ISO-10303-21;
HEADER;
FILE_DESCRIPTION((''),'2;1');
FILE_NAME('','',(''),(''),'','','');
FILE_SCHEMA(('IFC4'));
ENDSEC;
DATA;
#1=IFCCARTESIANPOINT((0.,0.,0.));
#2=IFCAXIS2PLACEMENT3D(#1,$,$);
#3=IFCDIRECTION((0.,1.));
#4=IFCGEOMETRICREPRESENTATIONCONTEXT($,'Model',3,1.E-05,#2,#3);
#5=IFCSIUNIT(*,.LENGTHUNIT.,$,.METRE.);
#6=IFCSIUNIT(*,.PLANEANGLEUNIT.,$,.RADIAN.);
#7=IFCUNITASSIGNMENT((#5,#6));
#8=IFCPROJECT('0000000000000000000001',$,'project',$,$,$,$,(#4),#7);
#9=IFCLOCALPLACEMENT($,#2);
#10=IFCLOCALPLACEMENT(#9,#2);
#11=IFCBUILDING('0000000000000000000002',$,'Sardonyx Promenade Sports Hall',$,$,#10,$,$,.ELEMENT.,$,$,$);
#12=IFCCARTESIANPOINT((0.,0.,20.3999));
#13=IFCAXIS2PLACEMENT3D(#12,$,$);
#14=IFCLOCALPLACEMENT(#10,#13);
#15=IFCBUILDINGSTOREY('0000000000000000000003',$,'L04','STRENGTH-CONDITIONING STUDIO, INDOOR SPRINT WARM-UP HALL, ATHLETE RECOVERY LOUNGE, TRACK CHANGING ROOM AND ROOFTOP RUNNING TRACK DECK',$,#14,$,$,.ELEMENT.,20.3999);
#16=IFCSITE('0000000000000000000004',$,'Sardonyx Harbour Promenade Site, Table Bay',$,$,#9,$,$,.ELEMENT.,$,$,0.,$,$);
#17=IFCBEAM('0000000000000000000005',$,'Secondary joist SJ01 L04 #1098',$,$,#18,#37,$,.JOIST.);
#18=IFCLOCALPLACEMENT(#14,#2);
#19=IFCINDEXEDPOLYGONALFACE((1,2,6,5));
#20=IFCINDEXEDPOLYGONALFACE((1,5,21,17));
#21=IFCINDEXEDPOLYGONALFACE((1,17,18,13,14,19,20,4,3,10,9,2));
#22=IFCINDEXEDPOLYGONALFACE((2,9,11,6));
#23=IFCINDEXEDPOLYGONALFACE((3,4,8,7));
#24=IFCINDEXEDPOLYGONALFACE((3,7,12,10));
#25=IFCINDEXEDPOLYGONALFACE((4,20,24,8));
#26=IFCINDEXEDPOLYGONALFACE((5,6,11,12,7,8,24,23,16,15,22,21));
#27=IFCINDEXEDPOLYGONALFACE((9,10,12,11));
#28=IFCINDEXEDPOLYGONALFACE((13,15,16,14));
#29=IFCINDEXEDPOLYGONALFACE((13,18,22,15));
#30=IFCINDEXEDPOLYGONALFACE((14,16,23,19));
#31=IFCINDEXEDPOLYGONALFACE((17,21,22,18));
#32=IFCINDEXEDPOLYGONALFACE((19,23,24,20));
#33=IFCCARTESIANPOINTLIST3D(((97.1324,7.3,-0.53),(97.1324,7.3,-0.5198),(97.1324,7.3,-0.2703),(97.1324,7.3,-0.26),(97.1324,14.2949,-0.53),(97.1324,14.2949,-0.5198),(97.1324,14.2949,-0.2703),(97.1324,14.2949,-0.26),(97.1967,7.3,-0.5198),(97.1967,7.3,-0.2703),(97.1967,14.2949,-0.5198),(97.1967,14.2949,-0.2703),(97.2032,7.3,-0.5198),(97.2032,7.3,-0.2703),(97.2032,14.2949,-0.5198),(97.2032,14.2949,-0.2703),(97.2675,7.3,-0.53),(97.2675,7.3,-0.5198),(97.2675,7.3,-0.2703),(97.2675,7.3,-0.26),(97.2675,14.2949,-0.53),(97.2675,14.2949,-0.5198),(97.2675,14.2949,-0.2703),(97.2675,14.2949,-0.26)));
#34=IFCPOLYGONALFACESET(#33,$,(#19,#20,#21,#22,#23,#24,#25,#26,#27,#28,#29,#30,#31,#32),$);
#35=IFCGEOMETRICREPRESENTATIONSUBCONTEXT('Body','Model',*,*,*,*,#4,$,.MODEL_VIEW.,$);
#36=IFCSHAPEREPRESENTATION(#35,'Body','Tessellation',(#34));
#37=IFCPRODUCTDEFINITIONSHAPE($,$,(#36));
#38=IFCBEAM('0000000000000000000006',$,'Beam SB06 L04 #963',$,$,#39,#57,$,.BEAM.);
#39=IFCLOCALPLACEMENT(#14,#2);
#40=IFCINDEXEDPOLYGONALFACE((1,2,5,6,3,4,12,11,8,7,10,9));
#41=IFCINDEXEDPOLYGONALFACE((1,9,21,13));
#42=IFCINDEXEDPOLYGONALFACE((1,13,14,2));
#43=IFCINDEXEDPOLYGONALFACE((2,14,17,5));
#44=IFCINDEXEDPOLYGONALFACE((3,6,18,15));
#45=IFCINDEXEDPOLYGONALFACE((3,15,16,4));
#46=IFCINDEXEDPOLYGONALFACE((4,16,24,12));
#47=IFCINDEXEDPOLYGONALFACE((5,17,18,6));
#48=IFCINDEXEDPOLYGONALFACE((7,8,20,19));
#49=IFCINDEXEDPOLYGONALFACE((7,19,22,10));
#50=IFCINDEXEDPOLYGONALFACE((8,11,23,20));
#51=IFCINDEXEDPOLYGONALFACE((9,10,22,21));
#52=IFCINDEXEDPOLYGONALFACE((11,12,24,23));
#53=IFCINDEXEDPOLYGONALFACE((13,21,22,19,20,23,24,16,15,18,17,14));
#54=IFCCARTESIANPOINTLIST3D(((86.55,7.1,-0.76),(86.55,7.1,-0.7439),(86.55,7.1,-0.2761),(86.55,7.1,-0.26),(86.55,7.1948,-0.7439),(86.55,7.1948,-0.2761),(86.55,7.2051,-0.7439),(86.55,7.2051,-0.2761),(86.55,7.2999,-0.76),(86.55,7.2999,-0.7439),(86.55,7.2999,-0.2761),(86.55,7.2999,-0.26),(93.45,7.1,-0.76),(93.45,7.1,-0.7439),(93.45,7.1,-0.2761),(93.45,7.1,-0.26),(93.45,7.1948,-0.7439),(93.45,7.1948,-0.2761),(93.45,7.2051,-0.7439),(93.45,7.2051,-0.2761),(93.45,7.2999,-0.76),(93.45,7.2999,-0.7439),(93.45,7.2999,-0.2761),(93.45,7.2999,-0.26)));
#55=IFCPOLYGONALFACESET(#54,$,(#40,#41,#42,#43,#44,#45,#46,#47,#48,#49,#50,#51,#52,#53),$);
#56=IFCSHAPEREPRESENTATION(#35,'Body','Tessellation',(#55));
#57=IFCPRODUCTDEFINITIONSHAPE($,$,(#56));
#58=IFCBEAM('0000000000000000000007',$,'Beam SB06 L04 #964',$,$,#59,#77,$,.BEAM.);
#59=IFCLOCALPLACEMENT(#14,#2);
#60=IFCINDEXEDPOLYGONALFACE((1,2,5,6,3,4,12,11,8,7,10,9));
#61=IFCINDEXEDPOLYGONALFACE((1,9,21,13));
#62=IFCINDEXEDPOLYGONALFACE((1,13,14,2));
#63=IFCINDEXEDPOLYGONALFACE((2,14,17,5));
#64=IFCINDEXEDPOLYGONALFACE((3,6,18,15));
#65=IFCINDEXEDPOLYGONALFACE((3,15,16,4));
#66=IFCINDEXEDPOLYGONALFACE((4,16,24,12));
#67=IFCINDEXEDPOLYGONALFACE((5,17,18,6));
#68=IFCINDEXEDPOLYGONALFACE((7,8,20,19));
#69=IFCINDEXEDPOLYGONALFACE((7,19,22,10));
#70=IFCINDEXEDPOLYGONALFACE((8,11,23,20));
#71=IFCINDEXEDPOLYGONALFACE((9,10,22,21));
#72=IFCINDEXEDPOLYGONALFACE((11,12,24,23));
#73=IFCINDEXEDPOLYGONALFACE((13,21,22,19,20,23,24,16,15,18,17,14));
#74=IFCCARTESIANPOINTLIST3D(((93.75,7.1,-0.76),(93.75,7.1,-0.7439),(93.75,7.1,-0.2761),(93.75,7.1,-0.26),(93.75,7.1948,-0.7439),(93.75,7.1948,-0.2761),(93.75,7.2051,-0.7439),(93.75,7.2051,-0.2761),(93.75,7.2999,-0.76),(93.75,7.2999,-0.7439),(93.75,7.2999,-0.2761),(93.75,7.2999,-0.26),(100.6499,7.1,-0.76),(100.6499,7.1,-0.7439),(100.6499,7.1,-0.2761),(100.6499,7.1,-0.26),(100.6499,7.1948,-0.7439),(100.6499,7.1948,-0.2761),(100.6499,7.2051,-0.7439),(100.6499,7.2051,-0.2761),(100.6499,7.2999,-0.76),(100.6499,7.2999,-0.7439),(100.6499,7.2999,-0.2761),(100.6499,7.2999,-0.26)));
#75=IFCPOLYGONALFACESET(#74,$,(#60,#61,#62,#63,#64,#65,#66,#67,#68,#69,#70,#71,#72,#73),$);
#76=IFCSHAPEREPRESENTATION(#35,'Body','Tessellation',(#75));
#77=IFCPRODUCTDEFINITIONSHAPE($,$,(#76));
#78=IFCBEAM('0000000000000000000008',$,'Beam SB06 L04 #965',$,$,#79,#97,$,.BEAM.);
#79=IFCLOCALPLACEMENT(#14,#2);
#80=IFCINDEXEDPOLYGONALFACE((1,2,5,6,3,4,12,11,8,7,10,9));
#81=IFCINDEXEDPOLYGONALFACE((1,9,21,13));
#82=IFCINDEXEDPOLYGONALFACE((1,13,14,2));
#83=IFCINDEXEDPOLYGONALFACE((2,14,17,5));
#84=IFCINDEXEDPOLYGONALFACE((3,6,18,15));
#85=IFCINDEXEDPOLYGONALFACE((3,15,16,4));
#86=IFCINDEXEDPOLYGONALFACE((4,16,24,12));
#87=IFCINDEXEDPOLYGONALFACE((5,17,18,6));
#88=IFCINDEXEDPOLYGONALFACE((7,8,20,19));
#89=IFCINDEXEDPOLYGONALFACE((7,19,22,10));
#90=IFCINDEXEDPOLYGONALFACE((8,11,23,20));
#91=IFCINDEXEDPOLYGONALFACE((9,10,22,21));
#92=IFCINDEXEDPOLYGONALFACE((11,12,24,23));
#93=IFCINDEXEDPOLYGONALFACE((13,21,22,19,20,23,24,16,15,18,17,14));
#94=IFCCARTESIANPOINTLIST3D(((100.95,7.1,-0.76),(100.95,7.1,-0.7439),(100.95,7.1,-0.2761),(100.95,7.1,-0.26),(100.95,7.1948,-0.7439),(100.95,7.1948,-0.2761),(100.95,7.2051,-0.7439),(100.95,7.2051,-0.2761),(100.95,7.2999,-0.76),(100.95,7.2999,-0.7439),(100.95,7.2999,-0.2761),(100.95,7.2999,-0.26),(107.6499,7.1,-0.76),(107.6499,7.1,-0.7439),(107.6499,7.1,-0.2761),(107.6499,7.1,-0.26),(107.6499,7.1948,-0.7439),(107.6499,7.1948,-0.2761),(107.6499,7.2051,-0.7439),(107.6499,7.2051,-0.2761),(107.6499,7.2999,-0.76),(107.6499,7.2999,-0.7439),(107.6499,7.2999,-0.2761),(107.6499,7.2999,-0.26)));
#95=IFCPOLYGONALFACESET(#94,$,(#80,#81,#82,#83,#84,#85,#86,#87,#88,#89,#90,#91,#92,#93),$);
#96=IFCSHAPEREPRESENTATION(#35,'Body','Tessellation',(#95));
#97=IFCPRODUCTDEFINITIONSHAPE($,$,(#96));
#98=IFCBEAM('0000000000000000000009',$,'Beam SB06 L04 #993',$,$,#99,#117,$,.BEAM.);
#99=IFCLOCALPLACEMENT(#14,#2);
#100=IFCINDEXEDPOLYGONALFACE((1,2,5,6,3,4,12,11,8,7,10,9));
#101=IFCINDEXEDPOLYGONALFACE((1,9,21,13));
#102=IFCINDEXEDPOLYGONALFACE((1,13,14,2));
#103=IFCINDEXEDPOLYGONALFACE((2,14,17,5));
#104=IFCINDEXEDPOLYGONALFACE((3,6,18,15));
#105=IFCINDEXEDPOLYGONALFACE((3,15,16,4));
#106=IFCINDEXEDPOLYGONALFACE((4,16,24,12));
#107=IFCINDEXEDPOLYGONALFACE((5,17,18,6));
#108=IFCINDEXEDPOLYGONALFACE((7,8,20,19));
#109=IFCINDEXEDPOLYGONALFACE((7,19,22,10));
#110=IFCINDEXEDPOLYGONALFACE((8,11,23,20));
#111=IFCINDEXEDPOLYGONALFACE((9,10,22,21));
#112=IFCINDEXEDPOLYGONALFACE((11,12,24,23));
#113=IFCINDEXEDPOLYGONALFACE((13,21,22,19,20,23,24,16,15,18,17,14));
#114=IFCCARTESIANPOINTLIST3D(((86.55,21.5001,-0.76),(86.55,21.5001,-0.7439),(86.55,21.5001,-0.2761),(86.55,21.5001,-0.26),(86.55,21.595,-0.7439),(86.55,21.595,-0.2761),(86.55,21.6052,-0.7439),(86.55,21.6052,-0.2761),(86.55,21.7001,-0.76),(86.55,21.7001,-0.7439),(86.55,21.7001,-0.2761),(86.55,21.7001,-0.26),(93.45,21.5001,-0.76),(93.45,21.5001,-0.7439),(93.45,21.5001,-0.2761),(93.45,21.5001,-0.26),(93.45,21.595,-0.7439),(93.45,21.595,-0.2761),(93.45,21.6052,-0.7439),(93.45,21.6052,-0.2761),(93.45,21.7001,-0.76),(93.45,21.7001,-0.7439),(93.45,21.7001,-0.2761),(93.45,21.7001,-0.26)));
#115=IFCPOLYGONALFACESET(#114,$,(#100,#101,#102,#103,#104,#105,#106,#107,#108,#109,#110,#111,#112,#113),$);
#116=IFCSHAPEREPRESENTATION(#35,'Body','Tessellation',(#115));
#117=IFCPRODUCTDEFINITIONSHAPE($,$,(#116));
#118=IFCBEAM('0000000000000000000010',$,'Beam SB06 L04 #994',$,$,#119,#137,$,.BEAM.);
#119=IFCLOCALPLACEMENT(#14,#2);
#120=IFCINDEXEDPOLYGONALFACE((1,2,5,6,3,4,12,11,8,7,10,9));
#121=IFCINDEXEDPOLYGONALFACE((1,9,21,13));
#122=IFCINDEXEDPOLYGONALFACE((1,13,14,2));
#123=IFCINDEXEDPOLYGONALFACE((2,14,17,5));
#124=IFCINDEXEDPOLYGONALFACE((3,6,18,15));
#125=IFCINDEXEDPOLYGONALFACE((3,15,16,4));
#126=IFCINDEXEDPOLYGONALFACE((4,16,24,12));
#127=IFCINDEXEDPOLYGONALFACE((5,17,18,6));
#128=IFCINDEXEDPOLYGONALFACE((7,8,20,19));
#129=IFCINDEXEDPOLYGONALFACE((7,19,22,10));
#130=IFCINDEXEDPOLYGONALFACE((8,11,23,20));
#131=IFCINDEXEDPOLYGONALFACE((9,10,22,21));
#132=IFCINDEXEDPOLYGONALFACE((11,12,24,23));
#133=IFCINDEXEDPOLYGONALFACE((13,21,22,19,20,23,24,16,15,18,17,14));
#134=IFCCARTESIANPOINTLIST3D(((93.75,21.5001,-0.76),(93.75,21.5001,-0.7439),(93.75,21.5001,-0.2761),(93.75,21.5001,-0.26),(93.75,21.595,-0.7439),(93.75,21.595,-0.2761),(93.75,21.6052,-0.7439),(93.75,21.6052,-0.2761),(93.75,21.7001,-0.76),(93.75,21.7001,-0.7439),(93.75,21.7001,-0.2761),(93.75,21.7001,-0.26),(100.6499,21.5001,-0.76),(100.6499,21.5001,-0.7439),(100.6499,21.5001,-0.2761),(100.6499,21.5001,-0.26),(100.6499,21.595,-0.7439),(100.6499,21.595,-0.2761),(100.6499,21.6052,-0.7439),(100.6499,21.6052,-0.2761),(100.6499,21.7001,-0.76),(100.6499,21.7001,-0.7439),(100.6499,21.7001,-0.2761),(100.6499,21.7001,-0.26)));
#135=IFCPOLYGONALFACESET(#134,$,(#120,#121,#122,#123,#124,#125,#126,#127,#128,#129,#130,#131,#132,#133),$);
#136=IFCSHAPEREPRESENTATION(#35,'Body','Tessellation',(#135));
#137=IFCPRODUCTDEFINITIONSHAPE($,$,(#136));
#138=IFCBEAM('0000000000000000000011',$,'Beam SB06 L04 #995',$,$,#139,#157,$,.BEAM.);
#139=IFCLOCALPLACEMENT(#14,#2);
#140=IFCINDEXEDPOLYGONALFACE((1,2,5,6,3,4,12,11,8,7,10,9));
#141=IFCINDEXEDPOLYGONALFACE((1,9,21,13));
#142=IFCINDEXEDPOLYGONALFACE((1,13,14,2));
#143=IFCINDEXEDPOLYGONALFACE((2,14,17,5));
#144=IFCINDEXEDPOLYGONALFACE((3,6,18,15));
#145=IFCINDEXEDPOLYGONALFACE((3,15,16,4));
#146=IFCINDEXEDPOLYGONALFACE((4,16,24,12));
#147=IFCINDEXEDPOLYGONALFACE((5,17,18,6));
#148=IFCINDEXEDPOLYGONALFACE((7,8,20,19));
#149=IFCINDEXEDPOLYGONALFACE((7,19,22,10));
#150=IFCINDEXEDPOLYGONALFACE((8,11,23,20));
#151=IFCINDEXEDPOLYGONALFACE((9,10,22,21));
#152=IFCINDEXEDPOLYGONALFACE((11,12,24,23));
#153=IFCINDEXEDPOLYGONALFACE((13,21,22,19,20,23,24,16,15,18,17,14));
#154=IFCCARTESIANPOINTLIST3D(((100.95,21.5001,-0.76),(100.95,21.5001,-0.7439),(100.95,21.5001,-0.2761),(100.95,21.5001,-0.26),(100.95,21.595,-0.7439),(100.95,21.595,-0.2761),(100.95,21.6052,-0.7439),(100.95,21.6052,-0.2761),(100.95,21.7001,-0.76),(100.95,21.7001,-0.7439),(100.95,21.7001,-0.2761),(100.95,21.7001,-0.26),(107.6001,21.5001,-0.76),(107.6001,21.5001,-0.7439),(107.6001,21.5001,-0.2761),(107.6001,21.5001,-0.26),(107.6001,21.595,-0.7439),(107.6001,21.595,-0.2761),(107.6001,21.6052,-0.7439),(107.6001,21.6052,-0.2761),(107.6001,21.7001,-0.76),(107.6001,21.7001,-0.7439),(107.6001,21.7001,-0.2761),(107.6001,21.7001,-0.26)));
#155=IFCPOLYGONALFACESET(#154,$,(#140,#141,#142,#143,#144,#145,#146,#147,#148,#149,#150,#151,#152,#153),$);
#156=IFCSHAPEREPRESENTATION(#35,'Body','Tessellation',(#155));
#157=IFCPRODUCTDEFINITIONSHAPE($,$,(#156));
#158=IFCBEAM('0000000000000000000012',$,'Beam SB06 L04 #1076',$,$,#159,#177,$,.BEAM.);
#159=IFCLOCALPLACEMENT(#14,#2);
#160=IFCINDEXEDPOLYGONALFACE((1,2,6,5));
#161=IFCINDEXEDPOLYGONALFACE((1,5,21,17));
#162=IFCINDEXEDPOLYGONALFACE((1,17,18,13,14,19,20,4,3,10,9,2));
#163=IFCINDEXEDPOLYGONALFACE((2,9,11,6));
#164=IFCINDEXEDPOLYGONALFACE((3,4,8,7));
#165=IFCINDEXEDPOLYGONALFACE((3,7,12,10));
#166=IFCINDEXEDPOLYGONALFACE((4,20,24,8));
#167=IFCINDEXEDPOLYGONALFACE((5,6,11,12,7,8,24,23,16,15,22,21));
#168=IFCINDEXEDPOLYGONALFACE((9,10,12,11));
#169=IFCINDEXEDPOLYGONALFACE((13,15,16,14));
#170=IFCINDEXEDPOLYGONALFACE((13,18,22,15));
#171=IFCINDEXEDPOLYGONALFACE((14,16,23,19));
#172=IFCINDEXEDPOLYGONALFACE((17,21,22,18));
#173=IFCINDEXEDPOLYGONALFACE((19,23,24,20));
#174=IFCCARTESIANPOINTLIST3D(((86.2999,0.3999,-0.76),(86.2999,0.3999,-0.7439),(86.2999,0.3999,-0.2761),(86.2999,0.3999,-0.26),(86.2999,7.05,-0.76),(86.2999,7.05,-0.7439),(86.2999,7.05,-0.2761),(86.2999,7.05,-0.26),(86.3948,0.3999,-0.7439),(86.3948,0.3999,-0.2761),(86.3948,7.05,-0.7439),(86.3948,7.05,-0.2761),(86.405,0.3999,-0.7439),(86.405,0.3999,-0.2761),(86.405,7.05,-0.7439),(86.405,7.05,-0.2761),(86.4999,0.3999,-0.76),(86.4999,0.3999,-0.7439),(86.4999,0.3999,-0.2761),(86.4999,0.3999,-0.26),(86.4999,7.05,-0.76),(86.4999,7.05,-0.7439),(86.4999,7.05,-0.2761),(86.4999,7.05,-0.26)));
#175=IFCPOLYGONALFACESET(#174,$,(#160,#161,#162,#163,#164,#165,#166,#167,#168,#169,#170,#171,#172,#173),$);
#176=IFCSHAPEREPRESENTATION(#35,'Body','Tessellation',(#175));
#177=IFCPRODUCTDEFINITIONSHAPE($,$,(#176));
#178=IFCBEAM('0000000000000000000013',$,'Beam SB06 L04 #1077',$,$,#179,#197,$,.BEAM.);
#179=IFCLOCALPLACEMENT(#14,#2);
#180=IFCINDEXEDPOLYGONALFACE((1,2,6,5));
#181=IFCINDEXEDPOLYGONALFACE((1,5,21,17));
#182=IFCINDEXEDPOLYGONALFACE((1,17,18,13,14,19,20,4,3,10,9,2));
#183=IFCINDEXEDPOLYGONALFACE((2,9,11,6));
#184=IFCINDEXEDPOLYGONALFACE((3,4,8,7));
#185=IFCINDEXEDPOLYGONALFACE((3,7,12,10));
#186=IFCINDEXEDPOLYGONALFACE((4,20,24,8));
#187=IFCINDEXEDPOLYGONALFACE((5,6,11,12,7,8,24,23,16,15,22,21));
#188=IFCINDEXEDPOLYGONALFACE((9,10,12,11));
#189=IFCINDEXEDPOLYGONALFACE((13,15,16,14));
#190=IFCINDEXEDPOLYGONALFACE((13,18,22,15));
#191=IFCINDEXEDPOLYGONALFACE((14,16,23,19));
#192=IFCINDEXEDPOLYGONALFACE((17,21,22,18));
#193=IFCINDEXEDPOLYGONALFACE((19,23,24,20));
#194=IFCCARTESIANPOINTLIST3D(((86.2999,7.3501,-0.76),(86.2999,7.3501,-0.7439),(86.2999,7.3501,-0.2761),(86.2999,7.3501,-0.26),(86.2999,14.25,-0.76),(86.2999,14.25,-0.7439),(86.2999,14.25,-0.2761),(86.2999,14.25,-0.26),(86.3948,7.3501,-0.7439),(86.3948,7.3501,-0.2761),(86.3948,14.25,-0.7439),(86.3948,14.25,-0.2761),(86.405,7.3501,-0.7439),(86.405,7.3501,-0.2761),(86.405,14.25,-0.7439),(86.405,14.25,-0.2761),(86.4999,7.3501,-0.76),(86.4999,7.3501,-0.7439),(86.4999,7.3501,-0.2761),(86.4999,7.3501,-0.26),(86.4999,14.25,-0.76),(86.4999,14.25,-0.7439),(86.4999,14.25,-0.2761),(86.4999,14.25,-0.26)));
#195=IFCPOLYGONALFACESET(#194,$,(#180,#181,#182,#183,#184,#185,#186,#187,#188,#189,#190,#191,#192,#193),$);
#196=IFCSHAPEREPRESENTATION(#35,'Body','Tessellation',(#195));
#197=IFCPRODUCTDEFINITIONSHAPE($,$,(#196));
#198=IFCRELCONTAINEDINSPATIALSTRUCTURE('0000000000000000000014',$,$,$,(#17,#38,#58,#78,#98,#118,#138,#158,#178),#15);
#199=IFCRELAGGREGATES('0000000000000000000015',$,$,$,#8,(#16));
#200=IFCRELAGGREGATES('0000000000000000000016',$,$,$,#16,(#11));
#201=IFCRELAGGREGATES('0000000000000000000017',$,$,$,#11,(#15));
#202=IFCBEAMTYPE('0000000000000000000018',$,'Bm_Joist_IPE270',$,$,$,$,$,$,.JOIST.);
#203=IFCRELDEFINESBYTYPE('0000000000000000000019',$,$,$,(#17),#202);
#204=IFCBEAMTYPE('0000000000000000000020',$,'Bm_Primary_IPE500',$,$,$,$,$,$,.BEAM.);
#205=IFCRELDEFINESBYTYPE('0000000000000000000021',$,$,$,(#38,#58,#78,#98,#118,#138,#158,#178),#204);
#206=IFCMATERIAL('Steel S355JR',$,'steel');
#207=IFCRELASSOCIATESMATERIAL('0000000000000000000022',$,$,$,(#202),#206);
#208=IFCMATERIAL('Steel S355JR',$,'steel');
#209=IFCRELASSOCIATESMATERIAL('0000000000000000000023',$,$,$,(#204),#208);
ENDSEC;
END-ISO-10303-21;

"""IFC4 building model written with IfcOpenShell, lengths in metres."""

from ifc_helpers import new_model, si_unit, direction, frame, origin, origin_2d, place, context, subcontext, project, spatial, i_section, extrude, material, material_profile, profile_set, type_object, element, save


model = new_model("IFC4")

# Units and contexts
model_context = context("Model", 3, precision=1e-05, world=origin(), true_north=direction((0.0, 1.0)))
body_context = subcontext(model_context, "Body", "Model", "MODEL_VIEW")
ifc_project = project(units=[si_unit("LENGTHUNIT", "METRE"), si_unit("PLANEANGLEUNIT", "RADIAN")], contexts=[model_context])

# Site, building, storey
site_placement = place(None, origin())
site = spatial("IfcSite", under=ifc_project, at=site_placement, Name="Sardonyx Harbour Promenade Site, Table Bay", CompositionType="ELEMENT", RefElevation=0.0)
building_placement = place(site_placement, origin())
building = spatial("IfcBuilding", under=site, at=building_placement, Name="Sardonyx Promenade Sports Hall", CompositionType="ELEMENT")
storey_placement = place(building_placement, frame((0.0, 0.0, 20.3999)))
storey = spatial("IfcBuildingStorey", under=building, at=storey_placement, Name="L04", Description="STRENGTH-CONDITIONING STUDIO, INDOOR SPRINT WARM-UP HALL, ATHLETE RECOVERY LOUNGE, TRACK CHANGING ROOM AND ROOFTOP RUNNING TRACK DECK", CompositionType="ELEMENT", Elevation=20.3999)

# Beams
ifc_material_1 = material(Name="Steel S355JR", Category="steel")
ifc_material_profile_1 = material_profile(ifc_material_1, i_section(OverallWidth=0.135, OverallDepth=0.27, WebThickness=0.0066, FlangeThickness=0.0103, at=origin_2d()))
ifc_profile_set_1 = profile_set([ifc_material_profile_1], Name="Steel S355JR")
beam_type_1 = type_object("IfcBeamType", Name="Bm_Joist_IPE270", PredefinedType="JOIST", material=ifc_profile_set_1)
beam_1_placement = place(storey_placement, frame((97.2, 7.3, -0.395), z_axis=(0.0, 1.0, 0.0), x_axis=(-1.0, 0.0, 0.0)))
element("IfcBeam", 1, at=beam_1_placement, inside=storey, type_object=beam_type_1, Name="Secondary joist SJ01 L04 #1098", PredefinedType="JOIST", context=body_context, shape_type="SweptSolid", body=[
    extrude(i_section(OverallWidth=0.135, OverallDepth=0.27, WebThickness=0.0066, FlangeThickness=0.0103, at=origin_2d()), origin(), (0.0, 0.0, 1.0), 6.9949),
])
ifc_material_2 = material(Name="Steel S355JR", Category="steel")
ifc_material_profile_2 = material_profile(ifc_material_2, i_section(OverallWidth=0.2, OverallDepth=0.5, WebThickness=0.0103, FlangeThickness=0.0161, at=origin_2d()))
ifc_profile_set_2 = profile_set([ifc_material_profile_2], Name="Steel S355JR")
beam_type_2 = type_object("IfcBeamType", Name="Bm_Primary_IPE500", PredefinedType="BEAM", material=ifc_profile_set_2)
for number, where, z_axis, x_axis, name in (
    (2, (86.55, 7.2, -0.51), (1.0, 0.0, 0.0), (0.0, 1.0, 0.0), "Beam SB06 L04 #963"),
    (3, (93.75, 7.2, -0.51), (1.0, 0.0, 0.0), (0.0, 1.0, 0.0), "Beam SB06 L04 #964"),
):
    element("IfcBeam", number, at=place(storey_placement, frame(where, z_axis=z_axis, x_axis=x_axis)), inside=storey, type_object=beam_type_2, Name=name, PredefinedType="BEAM", context=body_context, shape_type="SweptSolid", body=[
        extrude(i_section(OverallWidth=0.2, OverallDepth=0.5, WebThickness=0.0103, FlangeThickness=0.0161, at=origin_2d()), origin(), (0.0, 0.0, 1.0), 6.8999),
    ])
beam_2_placement = place(storey_placement, frame((100.95, 7.2, -0.51), z_axis=(1.0, 0.0, 0.0), x_axis=(0.0, 1.0, 0.0)))
element("IfcBeam", 4, at=beam_2_placement, inside=storey, type_object=beam_type_2, Name="Beam SB06 L04 #965", PredefinedType="BEAM", context=body_context, shape_type="SweptSolid", body=[
    extrude(i_section(OverallWidth=0.2, OverallDepth=0.5, WebThickness=0.0103, FlangeThickness=0.0161, at=origin_2d()), origin(), (0.0, 0.0, 1.0), 6.7),
])
for number, where, z_axis, x_axis, name in (
    (5, (86.55, 21.6001, -0.51), (1.0, 0.0, 0.0), (0.0, 1.0, 0.0), "Beam SB06 L04 #993"),
    (6, (93.75, 21.6001, -0.51), (1.0, 0.0, 0.0), (0.0, 1.0, 0.0), "Beam SB06 L04 #994"),
):
    element("IfcBeam", number, at=place(storey_placement, frame(where, z_axis=z_axis, x_axis=x_axis)), inside=storey, type_object=beam_type_2, Name=name, PredefinedType="BEAM", context=body_context, shape_type="SweptSolid", body=[
        extrude(i_section(OverallWidth=0.2, OverallDepth=0.5, WebThickness=0.0103, FlangeThickness=0.0161, at=origin_2d()), origin(), (0.0, 0.0, 1.0), 6.8999),
    ])
for number, where, z_axis, x_axis, name in (
    (7, (100.95, 21.6001, -0.51), (1.0, 0.0, 0.0), (0.0, 1.0, 0.0), "Beam SB06 L04 #995"),
    (8, (86.3999, 0.3999, -0.51), (0.0, 1.0, 0.0), (-1.0, 0.0, 0.0), "Beam SB06 L04 #1076"),
):
    element("IfcBeam", number, at=place(storey_placement, frame(where, z_axis=z_axis, x_axis=x_axis)), inside=storey, type_object=beam_type_2, Name=name, PredefinedType="BEAM", context=body_context, shape_type="SweptSolid", body=[
        extrude(i_section(OverallWidth=0.2, OverallDepth=0.5, WebThickness=0.0103, FlangeThickness=0.0161, at=origin_2d()), origin(), (0.0, 0.0, 1.0), 6.6501),
    ])
for number, where, z_axis, x_axis, name in (
    (9, (86.3999, 7.3501, -0.51), (0.0, 1.0, 0.0), (-1.0, 0.0, 0.0), "Beam SB06 L04 #1077"),
):
    element("IfcBeam", number, at=place(storey_placement, frame(where, z_axis=z_axis, x_axis=x_axis)), inside=storey, type_object=beam_type_2, Name=name, PredefinedType="BEAM", context=body_context, shape_type="SweptSolid", body=[
        extrude(i_section(OverallWidth=0.2, OverallDepth=0.5, WebThickness=0.0103, FlangeThickness=0.0161, at=origin_2d()), origin(), (0.0, 0.0, 1.0), 6.8999),
    ])

save(model, "model.ifc")
